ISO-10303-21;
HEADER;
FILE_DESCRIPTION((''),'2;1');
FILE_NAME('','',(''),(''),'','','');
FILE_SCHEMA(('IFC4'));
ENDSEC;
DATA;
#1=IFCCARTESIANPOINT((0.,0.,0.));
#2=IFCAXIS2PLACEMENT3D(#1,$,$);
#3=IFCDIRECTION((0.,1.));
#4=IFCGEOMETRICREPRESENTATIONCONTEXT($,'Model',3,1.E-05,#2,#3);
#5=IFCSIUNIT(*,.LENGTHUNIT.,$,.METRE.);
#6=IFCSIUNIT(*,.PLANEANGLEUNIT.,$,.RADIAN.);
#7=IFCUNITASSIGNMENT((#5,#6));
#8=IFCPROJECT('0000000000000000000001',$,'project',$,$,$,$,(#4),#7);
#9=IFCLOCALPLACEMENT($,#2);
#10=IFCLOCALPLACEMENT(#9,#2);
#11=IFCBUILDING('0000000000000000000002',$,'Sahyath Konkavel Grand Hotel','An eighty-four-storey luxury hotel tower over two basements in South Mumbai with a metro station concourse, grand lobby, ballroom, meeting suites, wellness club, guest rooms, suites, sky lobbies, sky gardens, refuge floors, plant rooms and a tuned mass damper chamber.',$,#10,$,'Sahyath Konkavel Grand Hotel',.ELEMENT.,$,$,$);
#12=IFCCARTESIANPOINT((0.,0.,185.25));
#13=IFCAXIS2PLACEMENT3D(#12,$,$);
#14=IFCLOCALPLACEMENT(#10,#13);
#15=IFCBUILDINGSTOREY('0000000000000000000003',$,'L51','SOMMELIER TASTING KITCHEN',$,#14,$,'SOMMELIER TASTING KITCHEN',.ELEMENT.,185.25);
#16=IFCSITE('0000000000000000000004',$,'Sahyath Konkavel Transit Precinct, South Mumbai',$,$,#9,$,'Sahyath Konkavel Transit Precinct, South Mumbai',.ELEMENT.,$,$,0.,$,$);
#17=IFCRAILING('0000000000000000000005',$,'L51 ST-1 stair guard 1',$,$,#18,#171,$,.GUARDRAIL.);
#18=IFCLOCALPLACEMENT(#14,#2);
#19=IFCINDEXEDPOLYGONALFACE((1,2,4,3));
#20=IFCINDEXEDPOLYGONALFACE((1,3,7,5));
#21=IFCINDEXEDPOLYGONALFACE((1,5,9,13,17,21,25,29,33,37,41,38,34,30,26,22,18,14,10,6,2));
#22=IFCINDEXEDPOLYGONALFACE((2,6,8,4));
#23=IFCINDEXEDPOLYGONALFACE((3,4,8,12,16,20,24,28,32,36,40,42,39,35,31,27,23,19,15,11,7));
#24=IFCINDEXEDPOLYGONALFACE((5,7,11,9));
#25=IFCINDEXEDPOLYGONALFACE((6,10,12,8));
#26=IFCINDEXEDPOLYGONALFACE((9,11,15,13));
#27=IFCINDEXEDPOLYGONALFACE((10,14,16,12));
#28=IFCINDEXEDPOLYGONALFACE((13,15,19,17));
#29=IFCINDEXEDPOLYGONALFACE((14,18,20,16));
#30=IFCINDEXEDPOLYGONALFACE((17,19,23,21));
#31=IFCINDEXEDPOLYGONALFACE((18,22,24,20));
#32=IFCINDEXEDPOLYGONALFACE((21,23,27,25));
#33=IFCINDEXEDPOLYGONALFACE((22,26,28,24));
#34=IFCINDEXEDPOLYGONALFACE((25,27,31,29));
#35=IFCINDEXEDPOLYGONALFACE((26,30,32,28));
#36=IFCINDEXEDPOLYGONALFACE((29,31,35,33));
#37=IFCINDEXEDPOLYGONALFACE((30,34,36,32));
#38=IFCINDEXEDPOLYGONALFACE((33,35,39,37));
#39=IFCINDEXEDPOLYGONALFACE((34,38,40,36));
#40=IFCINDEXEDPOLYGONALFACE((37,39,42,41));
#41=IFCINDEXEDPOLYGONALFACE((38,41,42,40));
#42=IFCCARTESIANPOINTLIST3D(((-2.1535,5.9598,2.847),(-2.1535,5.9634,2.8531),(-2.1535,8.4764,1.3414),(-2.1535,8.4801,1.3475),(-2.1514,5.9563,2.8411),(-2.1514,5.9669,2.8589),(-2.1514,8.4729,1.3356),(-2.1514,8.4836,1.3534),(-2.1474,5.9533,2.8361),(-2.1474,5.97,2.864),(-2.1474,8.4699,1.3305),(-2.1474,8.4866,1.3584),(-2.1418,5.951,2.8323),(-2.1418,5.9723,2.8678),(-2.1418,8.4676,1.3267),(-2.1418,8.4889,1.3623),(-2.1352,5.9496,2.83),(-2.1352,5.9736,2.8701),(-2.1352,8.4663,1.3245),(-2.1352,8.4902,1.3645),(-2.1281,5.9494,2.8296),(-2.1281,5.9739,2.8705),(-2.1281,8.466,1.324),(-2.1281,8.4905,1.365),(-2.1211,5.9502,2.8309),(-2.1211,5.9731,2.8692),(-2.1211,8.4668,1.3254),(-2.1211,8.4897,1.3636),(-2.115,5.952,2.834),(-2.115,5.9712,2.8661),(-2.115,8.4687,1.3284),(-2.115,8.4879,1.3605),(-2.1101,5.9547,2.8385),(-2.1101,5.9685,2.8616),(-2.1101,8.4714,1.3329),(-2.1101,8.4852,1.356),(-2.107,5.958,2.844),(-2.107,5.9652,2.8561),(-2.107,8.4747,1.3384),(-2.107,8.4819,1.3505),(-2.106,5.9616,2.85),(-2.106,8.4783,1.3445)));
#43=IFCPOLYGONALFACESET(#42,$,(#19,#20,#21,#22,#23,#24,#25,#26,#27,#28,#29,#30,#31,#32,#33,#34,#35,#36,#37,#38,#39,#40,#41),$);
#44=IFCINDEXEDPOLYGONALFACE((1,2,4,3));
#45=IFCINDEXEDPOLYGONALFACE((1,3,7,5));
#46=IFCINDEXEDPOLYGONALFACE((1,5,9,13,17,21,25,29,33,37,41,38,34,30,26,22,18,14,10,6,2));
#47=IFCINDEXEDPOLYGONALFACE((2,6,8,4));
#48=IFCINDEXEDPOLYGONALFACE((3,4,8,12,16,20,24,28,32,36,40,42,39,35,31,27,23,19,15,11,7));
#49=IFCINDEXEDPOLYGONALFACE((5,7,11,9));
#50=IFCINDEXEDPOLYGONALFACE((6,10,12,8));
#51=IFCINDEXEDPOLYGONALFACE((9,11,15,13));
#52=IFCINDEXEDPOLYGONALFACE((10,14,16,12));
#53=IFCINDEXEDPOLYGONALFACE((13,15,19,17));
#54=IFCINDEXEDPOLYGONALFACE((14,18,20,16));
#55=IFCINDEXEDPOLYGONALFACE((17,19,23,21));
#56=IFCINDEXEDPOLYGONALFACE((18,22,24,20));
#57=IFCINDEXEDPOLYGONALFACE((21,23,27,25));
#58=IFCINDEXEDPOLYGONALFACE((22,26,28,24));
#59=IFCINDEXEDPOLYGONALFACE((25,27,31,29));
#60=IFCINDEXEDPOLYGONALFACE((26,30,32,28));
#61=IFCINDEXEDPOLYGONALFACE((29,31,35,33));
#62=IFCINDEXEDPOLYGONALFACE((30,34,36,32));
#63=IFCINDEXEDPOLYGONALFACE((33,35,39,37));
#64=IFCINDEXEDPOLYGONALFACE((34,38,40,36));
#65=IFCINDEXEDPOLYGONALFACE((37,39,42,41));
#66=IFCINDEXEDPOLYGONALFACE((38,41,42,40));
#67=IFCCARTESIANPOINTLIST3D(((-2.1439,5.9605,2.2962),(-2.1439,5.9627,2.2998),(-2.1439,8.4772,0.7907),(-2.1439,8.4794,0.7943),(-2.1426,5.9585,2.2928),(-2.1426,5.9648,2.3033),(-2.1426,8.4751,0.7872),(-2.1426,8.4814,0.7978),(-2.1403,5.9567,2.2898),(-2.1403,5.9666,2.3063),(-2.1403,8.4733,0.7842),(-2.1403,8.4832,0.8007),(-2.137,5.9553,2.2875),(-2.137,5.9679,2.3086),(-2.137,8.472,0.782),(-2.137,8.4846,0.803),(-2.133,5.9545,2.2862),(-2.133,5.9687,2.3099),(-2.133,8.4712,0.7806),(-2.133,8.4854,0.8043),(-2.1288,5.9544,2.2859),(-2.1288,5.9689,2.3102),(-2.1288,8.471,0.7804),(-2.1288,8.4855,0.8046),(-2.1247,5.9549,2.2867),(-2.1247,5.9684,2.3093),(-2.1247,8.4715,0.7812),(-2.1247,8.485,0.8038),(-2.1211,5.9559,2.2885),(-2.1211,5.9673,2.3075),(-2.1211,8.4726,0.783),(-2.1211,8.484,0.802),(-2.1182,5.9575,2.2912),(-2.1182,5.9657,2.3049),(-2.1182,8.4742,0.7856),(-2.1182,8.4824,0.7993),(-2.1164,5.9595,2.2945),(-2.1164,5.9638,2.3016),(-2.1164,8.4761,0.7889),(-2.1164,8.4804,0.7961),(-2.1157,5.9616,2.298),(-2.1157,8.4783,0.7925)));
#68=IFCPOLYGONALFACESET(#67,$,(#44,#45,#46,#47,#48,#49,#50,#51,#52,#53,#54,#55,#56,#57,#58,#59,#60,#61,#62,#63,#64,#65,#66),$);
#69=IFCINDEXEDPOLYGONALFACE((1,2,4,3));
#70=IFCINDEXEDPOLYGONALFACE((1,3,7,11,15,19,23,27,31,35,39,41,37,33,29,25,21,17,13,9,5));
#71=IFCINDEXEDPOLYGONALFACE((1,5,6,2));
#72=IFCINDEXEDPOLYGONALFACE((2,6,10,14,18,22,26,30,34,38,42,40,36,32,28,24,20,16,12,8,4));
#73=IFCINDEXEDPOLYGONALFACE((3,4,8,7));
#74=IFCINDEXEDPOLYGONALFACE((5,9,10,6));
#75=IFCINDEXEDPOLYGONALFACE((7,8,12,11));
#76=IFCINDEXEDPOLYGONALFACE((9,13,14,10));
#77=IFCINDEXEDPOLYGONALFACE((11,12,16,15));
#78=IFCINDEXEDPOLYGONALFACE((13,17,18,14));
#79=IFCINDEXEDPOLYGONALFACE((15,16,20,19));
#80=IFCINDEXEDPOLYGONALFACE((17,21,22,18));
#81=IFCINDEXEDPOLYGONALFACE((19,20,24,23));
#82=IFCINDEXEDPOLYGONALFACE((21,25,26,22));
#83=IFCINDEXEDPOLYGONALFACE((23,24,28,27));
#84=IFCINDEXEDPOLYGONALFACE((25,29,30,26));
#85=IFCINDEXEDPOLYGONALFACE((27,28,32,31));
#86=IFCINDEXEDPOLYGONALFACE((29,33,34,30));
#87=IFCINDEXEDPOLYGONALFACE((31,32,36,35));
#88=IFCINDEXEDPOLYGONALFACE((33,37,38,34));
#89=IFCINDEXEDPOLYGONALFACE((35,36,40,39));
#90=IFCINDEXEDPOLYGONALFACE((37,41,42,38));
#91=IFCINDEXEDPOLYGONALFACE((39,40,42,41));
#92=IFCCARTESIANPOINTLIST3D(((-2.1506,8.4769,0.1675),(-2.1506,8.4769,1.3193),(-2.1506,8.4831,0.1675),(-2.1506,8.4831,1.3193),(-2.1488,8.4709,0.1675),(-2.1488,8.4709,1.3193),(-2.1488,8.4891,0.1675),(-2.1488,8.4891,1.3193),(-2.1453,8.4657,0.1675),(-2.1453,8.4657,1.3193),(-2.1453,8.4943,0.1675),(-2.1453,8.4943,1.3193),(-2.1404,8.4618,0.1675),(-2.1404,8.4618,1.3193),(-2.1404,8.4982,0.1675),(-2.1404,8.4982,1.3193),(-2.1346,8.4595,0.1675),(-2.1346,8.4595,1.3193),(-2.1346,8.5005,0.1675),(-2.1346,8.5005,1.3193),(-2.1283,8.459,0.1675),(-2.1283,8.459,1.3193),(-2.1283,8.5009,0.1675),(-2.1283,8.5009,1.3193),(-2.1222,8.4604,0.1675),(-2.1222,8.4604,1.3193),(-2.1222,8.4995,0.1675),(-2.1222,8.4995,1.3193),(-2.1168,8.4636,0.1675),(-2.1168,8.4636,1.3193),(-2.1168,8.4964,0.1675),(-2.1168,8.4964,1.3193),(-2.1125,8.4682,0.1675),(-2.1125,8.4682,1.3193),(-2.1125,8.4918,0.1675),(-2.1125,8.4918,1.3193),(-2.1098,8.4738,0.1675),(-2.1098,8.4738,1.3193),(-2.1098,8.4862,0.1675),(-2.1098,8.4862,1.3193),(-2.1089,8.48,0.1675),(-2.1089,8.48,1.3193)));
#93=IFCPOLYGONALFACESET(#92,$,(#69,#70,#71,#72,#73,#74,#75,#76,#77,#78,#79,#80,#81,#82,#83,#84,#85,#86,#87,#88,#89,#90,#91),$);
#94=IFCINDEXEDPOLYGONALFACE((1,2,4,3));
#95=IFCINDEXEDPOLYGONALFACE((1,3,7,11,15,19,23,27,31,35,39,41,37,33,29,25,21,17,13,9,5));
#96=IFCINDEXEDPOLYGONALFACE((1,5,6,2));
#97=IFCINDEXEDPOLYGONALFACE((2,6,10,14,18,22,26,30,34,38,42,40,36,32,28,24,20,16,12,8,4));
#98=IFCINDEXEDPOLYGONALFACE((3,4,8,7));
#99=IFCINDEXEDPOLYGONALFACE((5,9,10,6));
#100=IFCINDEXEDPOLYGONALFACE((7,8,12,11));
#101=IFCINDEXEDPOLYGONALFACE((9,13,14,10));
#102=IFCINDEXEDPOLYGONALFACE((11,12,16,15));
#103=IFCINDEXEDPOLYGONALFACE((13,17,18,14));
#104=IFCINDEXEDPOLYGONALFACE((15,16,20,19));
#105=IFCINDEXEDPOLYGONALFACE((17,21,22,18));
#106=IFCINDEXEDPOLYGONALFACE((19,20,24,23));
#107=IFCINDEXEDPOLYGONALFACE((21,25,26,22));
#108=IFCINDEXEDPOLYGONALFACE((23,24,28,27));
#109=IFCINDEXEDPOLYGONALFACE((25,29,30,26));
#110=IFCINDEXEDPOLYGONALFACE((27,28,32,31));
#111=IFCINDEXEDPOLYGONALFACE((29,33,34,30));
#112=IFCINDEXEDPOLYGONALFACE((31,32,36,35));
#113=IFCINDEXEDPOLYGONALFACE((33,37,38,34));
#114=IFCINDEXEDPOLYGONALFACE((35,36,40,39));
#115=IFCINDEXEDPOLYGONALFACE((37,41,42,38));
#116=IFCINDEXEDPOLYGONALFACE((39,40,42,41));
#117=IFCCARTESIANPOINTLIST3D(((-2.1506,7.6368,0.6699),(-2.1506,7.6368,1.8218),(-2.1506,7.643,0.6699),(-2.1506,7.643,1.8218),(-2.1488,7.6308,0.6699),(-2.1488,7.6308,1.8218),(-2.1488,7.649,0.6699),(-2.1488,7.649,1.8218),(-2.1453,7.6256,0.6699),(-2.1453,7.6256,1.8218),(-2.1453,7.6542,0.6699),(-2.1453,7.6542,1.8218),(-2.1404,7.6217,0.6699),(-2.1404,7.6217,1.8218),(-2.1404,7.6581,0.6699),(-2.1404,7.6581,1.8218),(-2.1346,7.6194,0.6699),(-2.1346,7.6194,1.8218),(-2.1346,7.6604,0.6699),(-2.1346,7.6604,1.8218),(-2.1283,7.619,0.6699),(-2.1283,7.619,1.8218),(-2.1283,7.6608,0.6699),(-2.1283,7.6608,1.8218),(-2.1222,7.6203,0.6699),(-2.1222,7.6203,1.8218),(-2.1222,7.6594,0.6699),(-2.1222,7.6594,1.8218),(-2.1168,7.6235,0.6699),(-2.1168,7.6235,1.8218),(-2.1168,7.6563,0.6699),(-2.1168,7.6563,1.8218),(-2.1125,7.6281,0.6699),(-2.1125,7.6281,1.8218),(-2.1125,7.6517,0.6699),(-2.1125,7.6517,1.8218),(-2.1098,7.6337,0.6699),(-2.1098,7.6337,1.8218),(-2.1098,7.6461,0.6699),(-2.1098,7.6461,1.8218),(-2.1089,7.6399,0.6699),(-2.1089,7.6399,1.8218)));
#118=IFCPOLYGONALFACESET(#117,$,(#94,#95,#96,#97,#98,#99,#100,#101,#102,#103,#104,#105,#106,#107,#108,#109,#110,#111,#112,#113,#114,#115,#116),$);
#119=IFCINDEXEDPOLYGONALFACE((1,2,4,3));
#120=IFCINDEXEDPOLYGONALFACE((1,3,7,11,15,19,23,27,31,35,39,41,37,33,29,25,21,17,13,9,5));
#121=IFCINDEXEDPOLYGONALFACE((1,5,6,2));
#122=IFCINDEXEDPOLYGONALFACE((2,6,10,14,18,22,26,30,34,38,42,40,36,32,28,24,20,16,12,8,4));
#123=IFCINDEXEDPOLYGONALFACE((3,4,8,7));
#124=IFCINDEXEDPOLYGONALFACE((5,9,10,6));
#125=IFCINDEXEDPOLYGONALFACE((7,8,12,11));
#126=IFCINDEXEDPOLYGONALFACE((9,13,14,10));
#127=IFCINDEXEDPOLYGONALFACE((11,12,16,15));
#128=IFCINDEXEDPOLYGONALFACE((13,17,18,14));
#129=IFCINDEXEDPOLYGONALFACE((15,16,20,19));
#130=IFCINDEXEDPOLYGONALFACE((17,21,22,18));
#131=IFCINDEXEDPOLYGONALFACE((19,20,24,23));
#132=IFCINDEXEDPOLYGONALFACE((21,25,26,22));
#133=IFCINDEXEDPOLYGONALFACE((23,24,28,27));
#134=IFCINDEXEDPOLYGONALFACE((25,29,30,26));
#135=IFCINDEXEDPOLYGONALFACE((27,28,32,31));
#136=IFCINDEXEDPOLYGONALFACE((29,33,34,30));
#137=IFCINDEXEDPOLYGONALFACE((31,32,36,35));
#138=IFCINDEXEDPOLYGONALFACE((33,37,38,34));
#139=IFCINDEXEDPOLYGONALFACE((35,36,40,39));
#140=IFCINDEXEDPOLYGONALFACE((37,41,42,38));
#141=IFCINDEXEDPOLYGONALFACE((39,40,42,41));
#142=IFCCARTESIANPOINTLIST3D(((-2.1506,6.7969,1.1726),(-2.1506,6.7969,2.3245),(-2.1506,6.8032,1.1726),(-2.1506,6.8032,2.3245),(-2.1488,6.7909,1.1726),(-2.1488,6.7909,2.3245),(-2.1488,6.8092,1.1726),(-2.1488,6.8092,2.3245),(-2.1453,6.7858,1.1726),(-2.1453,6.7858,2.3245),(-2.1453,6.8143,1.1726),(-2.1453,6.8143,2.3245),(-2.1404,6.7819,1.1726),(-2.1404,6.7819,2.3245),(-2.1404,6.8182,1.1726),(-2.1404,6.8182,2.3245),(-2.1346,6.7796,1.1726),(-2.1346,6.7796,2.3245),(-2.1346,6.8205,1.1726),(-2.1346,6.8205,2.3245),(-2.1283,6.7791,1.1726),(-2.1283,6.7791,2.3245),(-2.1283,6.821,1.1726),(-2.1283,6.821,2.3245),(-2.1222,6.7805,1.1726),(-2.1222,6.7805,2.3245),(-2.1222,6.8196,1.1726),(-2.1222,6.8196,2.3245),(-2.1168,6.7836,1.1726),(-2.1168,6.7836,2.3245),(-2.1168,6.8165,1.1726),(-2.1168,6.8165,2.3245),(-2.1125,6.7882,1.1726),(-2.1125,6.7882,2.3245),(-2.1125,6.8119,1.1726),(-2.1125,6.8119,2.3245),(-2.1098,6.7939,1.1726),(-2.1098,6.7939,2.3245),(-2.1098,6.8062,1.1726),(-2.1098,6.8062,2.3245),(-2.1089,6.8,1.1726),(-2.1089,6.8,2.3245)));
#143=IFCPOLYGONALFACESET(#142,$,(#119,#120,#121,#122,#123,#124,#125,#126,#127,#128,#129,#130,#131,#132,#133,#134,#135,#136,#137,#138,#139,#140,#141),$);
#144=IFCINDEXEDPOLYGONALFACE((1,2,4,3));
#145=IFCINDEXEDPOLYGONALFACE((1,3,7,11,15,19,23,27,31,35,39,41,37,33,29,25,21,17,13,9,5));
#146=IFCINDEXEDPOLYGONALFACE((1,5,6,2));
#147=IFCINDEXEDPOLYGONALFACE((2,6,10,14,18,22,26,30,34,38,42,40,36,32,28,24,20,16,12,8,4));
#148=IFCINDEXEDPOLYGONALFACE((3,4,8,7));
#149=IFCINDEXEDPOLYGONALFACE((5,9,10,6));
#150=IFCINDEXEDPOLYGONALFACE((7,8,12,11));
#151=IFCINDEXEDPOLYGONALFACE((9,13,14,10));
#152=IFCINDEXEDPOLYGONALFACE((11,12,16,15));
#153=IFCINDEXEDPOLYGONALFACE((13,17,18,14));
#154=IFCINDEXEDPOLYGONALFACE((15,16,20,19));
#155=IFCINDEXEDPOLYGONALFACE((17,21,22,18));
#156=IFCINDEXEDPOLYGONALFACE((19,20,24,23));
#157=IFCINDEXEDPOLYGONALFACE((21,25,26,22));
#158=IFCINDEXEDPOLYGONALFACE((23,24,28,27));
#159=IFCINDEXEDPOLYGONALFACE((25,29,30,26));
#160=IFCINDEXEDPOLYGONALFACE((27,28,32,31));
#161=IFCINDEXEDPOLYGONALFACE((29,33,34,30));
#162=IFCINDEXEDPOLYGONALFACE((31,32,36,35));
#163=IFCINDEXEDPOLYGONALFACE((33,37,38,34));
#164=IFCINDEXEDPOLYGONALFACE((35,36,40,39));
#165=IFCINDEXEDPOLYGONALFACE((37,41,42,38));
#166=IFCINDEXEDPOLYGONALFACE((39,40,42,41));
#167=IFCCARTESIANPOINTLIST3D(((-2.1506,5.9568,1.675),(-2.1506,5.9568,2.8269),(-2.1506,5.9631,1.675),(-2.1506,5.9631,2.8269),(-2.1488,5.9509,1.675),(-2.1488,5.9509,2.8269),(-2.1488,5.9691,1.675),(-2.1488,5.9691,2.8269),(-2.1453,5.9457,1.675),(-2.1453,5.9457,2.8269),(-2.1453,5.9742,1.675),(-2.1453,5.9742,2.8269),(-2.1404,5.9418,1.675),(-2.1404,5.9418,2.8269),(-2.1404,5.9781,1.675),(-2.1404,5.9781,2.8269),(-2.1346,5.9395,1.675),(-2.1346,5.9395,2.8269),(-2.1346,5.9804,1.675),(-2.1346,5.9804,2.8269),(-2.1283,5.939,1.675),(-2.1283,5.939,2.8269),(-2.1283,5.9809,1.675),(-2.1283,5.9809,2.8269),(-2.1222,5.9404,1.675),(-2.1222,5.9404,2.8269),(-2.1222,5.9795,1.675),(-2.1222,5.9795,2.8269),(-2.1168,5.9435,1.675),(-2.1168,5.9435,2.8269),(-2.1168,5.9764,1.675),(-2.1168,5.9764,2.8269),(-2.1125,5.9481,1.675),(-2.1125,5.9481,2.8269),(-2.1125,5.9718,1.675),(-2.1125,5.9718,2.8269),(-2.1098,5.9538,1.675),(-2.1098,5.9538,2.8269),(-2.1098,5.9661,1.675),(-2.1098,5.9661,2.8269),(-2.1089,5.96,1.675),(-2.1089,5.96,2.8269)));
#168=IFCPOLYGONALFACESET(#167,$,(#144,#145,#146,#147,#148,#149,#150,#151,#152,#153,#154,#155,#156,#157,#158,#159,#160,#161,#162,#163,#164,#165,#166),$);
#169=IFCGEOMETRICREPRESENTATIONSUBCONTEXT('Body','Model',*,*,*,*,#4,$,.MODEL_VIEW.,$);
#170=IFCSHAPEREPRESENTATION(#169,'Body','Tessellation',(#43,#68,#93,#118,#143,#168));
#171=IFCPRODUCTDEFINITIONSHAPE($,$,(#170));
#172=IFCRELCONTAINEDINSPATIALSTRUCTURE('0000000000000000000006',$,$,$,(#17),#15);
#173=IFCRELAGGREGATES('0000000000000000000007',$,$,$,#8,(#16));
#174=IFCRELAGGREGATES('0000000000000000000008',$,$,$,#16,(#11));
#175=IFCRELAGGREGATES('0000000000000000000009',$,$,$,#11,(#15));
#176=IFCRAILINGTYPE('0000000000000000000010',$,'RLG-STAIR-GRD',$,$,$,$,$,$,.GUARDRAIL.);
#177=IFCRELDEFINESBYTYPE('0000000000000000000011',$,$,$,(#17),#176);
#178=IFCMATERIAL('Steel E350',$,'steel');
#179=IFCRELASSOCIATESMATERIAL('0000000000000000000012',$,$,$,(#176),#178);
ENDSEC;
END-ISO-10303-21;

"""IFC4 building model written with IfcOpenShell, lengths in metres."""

from ifc_helpers import new_model, si_unit, direction, frame, origin, origin_2d, place, context, subcontext, project, spatial, circle, extrude, material, type_object, element, save


model = new_model("IFC4")

# Units and contexts
model_context = context("Model", 3, precision=1e-05, world=origin(), true_north=direction((0.0, 1.0)))
body_context = subcontext(model_context, "Body", "Model", "MODEL_VIEW")
ifc_project = project(units=[si_unit("LENGTHUNIT", "METRE"), si_unit("PLANEANGLEUNIT", "RADIAN")], contexts=[model_context])

# Site, building, storey
site_placement = place(None, origin())
site = spatial("IfcSite", under=ifc_project, at=site_placement, Name="Sahyath Konkavel Transit Precinct, South Mumbai", LongName="Sahyath Konkavel Transit Precinct, South Mumbai", CompositionType="ELEMENT", RefElevation=0.0)
building_placement = place(site_placement, origin())
building = spatial("IfcBuilding", under=site, at=building_placement, Name="Sahyath Konkavel Grand Hotel", Description="An eighty-four-storey luxury hotel tower over two basements in South Mumbai with a metro station concourse, grand lobby, ballroom, meeting suites, wellness club, guest rooms, suites, sky lobbies, sky gardens, refuge floors, plant rooms and a tuned mass damper chamber.", LongName="Sahyath Konkavel Grand Hotel", CompositionType="ELEMENT")
storey_placement = place(building_placement, frame((0.0, 0.0, 185.25)))
storey = spatial("IfcBuildingStorey", under=building, at=storey_placement, Name="L51", Description="SOMMELIER TASTING KITCHEN", LongName="SOMMELIER TASTING KITCHEN", CompositionType="ELEMENT", Elevation=185.25)

# Shared definitions
ifc_material_1 = material(Name="Steel E350", Category="steel")

# Railing
railing_type_1 = type_object("IfcRailingType", Name="RLG-STAIR-GRD", PredefinedType="GUARDRAIL", material=ifc_material_1)
railing_1_placement = place(storey_placement, frame((-2.1299, 8.48, 0.1675)))
element("IfcRailing", 1, at=railing_1_placement, inside=storey, type_object=railing_type_1, Name="L51 ST-1 stair guard 1", PredefinedType="GUARDRAIL", context=body_context, shape_type="SweptSolid", body=[
    extrude(circle(Radius=0.0239, at=origin_2d()), frame((0.0, -0.0017, 1.177), z_axis=(0.0, -0.85816, 0.513383), x_axis=(1.0, 0.0, 0.0)), (0.0, 0.0, 1.0), 2.9326),
    extrude(circle(Radius=0.0142, at=origin_2d()), frame((0.0, -0.0017, 0.625), z_axis=(0.0, -0.85816, 0.513383), x_axis=(1.0, 0.0, 0.0)), (0.0, 0.0, 1.0), 2.9326),
    extrude(circle(Radius=0.021, at=origin_2d()), origin(), (0.0, 0.0, 1.0), 1.1519),
    extrude(circle(Radius=0.021, at=origin_2d()), frame((0.0, -0.8401, 0.5024)), (0.0, 0.0, 1.0), 1.1519),
    extrude(circle(Radius=0.021, at=origin_2d()), frame((0.0, -1.6799, 1.0051)), (0.0, 0.0, 1.0), 1.1519),
    extrude(circle(Radius=0.021, at=origin_2d()), frame((0.0, -2.52, 1.5076)), (0.0, 0.0, 1.0), 1.1519),
])

save(model, "model.ifc")
